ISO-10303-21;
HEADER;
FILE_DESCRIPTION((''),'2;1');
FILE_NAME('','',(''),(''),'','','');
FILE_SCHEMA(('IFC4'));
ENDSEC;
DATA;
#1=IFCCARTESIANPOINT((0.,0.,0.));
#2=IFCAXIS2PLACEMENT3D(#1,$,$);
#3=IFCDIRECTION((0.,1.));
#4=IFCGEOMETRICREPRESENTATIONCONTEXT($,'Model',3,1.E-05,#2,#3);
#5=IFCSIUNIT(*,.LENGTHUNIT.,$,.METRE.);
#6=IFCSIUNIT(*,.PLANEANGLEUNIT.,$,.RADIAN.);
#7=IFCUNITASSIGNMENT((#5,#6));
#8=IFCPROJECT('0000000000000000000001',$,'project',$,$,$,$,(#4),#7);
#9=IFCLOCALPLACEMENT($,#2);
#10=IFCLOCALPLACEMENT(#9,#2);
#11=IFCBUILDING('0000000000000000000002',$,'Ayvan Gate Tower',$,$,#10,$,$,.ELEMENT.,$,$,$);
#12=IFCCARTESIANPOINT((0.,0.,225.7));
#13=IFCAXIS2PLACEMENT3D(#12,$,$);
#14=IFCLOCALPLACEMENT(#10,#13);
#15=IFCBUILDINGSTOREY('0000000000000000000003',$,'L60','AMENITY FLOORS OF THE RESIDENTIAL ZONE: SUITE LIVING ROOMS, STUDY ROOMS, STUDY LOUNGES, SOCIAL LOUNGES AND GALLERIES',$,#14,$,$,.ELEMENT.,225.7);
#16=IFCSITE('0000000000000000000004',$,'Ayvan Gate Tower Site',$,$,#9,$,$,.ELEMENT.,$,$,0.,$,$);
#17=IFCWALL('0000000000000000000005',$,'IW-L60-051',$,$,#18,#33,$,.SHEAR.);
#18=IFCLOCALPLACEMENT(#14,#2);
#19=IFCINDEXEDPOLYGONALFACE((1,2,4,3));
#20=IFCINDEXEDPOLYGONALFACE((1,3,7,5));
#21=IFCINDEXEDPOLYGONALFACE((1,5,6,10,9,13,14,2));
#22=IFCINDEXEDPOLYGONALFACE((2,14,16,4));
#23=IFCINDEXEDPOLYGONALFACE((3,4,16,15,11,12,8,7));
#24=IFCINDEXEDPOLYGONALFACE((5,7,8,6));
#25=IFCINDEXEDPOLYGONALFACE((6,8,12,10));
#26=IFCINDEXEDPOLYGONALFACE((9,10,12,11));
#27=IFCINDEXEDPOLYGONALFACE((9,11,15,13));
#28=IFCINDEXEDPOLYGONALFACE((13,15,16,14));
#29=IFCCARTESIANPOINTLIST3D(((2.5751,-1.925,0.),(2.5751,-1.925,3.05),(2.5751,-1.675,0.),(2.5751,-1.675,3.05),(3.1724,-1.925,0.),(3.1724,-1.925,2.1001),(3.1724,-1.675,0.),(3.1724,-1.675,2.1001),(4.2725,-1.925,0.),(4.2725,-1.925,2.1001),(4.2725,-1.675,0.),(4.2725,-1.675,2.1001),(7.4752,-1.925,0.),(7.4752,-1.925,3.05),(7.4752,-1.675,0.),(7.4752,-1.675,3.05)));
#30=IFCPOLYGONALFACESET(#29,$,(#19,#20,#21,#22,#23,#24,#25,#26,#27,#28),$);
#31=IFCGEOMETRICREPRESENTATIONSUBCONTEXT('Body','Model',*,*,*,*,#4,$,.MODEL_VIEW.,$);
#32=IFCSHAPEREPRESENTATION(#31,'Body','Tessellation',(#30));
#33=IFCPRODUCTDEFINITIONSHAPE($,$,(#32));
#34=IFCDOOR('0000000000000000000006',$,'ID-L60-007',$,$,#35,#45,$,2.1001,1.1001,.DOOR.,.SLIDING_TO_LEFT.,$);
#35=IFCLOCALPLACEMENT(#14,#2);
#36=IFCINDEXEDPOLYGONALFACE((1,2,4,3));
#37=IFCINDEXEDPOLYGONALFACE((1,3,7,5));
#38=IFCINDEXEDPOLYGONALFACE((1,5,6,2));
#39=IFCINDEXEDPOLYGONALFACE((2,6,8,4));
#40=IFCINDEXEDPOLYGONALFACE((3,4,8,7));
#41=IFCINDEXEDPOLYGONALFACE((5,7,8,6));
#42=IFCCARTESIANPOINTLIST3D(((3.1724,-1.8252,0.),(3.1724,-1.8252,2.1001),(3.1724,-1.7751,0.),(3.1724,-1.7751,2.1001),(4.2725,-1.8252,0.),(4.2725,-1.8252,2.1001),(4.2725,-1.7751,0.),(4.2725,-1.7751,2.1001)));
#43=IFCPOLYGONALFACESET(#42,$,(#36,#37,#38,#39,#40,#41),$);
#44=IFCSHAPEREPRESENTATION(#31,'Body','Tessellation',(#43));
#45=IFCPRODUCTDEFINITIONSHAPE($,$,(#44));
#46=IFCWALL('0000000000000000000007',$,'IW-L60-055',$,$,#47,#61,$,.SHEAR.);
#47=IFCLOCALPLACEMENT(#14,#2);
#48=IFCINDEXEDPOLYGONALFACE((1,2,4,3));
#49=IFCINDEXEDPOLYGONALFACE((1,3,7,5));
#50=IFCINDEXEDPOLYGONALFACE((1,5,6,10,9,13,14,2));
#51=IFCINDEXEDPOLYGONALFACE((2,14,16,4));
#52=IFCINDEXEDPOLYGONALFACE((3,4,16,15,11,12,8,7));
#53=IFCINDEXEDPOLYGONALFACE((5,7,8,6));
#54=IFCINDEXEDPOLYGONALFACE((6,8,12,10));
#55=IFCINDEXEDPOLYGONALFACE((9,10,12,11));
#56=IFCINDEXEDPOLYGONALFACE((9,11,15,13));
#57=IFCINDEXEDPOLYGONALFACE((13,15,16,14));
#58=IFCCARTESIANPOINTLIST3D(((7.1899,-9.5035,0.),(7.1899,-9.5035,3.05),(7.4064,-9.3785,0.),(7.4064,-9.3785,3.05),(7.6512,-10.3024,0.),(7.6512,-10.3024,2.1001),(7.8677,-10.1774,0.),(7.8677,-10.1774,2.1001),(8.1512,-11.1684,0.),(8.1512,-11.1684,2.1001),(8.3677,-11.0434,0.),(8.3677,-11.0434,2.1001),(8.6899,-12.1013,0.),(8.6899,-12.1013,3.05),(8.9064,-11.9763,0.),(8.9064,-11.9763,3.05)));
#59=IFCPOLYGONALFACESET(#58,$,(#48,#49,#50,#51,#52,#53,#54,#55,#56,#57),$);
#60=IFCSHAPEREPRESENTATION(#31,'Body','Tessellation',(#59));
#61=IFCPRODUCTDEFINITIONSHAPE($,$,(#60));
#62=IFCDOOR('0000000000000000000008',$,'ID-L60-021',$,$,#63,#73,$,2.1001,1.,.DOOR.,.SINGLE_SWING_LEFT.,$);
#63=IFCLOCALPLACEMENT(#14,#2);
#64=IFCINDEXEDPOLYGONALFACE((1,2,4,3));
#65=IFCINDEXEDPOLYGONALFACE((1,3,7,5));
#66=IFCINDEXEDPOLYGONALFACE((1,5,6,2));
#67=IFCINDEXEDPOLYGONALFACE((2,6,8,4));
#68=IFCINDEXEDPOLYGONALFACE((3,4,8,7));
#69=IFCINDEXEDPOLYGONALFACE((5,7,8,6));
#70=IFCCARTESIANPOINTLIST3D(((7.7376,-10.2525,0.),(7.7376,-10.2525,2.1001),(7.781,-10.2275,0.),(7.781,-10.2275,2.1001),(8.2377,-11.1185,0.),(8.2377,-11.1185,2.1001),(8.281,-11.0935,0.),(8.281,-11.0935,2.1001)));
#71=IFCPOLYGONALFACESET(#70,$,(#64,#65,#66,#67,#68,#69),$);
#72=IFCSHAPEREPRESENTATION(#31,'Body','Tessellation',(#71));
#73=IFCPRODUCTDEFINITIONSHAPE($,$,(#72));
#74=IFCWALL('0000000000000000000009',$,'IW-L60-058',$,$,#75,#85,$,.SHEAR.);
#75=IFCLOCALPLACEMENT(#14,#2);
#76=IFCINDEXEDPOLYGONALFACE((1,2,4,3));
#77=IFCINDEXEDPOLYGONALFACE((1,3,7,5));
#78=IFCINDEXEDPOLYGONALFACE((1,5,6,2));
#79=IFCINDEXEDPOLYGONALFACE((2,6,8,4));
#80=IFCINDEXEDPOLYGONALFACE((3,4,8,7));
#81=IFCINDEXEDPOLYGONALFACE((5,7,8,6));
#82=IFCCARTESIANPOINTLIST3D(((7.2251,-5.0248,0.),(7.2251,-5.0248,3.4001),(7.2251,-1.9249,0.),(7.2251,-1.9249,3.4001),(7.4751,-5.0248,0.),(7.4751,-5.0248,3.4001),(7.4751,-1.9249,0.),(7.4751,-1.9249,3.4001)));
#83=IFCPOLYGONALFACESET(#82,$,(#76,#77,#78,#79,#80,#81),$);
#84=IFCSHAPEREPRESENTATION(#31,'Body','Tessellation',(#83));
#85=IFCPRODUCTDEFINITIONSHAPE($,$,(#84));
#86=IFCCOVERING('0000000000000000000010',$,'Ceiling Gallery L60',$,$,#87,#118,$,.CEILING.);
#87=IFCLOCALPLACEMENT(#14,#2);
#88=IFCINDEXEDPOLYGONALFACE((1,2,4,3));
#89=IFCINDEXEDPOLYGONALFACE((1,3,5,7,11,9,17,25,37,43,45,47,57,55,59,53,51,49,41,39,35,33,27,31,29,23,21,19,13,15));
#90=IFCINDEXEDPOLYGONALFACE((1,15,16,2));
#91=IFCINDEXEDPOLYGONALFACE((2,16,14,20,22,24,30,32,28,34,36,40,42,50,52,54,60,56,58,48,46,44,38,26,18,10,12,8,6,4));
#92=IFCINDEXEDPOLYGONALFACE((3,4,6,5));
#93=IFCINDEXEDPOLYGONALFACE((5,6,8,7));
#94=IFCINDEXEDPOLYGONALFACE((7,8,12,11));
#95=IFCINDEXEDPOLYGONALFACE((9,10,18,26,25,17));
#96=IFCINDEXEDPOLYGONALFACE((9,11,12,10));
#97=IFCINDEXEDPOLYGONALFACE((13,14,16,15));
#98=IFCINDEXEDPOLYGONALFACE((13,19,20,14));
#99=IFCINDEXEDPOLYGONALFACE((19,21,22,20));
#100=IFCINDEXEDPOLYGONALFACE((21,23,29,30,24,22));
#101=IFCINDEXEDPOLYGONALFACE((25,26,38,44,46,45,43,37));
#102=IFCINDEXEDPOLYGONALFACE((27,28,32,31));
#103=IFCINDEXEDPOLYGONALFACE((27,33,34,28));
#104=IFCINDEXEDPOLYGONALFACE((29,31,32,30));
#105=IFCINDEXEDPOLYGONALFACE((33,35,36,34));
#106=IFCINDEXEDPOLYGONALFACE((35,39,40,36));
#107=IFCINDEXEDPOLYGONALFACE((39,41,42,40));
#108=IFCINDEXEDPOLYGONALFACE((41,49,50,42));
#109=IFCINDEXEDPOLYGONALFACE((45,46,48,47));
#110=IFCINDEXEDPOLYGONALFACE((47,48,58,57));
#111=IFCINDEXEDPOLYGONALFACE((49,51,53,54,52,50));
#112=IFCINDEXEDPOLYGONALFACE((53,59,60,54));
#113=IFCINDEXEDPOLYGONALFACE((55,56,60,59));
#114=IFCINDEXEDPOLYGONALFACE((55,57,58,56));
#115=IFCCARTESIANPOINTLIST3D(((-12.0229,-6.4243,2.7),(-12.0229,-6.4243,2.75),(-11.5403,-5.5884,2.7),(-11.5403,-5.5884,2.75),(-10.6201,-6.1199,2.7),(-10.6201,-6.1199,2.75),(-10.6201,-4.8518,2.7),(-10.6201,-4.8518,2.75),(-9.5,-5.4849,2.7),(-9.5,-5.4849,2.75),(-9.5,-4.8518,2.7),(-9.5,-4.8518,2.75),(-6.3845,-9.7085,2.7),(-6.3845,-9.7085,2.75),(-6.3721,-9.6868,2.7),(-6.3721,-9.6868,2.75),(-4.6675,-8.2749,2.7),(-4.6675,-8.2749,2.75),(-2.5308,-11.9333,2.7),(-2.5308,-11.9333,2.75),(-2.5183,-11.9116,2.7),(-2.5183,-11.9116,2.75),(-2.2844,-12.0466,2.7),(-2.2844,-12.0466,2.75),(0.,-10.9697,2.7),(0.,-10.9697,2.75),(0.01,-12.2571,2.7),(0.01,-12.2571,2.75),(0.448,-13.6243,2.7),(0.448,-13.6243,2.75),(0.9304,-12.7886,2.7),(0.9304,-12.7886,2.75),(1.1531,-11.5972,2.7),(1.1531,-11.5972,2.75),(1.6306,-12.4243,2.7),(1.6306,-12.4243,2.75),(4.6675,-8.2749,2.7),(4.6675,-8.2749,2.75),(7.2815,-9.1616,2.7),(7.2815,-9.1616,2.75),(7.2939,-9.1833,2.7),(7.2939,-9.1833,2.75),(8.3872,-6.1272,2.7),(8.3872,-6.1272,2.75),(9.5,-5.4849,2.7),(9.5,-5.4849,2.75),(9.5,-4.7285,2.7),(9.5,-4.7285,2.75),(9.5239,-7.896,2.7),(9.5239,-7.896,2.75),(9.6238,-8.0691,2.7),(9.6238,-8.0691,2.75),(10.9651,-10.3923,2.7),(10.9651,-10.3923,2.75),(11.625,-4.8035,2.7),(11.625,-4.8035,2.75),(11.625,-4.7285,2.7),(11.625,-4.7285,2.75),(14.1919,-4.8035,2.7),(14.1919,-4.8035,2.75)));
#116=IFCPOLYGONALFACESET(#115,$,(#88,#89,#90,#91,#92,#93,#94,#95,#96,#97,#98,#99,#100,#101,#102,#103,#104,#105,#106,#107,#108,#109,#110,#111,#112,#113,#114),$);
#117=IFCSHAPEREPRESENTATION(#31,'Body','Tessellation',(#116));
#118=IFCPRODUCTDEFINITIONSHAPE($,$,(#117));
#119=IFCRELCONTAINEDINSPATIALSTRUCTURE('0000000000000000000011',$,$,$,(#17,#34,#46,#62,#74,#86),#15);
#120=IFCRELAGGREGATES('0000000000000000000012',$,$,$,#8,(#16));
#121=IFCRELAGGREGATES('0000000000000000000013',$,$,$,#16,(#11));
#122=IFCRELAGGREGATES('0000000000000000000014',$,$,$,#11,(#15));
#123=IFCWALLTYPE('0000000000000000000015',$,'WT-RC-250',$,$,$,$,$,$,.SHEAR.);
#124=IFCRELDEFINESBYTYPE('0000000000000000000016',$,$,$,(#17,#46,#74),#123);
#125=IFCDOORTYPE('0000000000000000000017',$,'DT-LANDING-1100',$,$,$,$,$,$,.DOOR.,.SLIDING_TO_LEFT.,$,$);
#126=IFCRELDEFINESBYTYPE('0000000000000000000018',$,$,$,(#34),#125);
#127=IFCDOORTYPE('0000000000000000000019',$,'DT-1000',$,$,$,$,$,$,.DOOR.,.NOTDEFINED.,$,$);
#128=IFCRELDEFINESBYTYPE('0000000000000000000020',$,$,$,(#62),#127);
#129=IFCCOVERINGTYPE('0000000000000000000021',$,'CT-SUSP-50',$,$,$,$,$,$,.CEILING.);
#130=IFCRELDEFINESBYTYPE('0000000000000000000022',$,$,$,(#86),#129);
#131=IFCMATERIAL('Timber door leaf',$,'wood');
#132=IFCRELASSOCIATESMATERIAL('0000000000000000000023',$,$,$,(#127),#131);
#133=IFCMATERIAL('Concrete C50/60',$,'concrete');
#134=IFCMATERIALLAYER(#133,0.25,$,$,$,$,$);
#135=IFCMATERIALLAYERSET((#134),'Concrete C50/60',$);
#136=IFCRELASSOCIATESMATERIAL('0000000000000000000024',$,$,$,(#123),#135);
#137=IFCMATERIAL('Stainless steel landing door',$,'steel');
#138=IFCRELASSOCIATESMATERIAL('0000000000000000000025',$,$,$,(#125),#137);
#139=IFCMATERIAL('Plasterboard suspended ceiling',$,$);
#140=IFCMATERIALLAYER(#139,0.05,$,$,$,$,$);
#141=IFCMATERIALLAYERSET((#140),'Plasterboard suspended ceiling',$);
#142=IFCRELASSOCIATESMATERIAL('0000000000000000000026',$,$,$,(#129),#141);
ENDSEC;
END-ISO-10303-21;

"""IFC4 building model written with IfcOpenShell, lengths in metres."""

from ifc_helpers import new_model, si_unit, direction, frame, frame_2d, origin, place, context, subcontext, project, spatial, polyline, rectangle, outline, extrude, material, layer, layer_set, type_object, element, fill, save


model = new_model("IFC4")

# Units and contexts
model_context = context("Model", 3, precision=1e-05, world=origin(), true_north=direction((0.0, 1.0)))
body_context = subcontext(model_context, "Body", "Model", "MODEL_VIEW")
ifc_project = project(units=[si_unit("LENGTHUNIT", "METRE"), si_unit("PLANEANGLEUNIT", "RADIAN")], contexts=[model_context])

# Site, building, storey
site_placement = place(None, origin())
site = spatial("IfcSite", under=ifc_project, at=site_placement, Name="Ayvan Gate Tower Site", CompositionType="ELEMENT", RefElevation=0.0)
building_placement = place(site_placement, origin())
building = spatial("IfcBuilding", under=site, at=building_placement, Name="Ayvan Gate Tower", CompositionType="ELEMENT")
storey_placement = place(building_placement, frame((0.0, 0.0, 225.7)))
storey = spatial("IfcBuildingStorey", under=building, at=storey_placement, Name="L60", Description="AMENITY FLOORS OF THE RESIDENTIAL ZONE: SUITE LIVING ROOMS, STUDY ROOMS, STUDY LOUNGES, SOCIAL LOUNGES AND GALLERIES", CompositionType="ELEMENT", Elevation=225.7)

# Shared definitions
ifc_material_1 = material(Name="Concrete C50/60", Category="concrete")

# Shared definitions
ifc_material_2 = material(Name="Timber door leaf", Category="wood")

# Shared definitions
door_type_1 = type_object("IfcDoorType", Name="DT-1000", OperationType="NOTDEFINED", PredefinedType="DOOR", material=ifc_material_2)

# Shared definitions
ifc_layer_1 = layer(ifc_material_1, 0.25)
ifc_layer_set_1 = layer_set([ifc_layer_1], Name="Concrete C50/60")
wall_type_1 = type_object("IfcWallType", Name="WT-RC-250", PredefinedType="SHEAR", material=ifc_layer_set_1)

# Walls, openings, doors
wall_1_placement = place(storey_placement, frame((2.575, -1.8, 0.0), z_axis=(0.0, 0.0, 1.0), x_axis=(1.0, 0.0, 0.0)))
wall_1 = element("IfcWall", 1, at=wall_1_placement, inside=storey, type_object=wall_type_1, Name="IW-L60-051", PredefinedType="SHEAR", context=body_context, shape_type="SweptSolid", body=[
    extrude(rectangle(XDim=4.9001, YDim=0.25, at=frame_2d((2.4502, 0.0))), origin(), (0.0, 0.0, 1.0), 3.05),
])
opening_1_placement = place(wall_1_placement, frame((0.5974, 0.0, 0.0)))
opening_1 = element("IfcOpeningElement", 2, at=opening_1_placement, cuts=wall_1, PredefinedType="OPENING", context=body_context, shape_type="SweptSolid", body=[
    extrude(rectangle(XDim=1.1001, YDim=2.1001, at=frame_2d((0.55, 1.05))), frame((0.0, 0.135, 0.0), z_axis=(0.0, -1.0, 0.0), x_axis=(1.0, 0.0, 0.0)), (0.0, 0.0, 1.0), 0.27),
])
ifc_material_3 = material(Name="Stainless steel landing door", Category="steel")
door_type_2 = type_object("IfcDoorType", Name="DT-LANDING-1100", OperationType="SLIDING_TO_LEFT", PredefinedType="DOOR", material=ifc_material_3)
door_1_placement = place(opening_1_placement, origin())
door_1 = element("IfcDoor", 3, at=door_1_placement, inside=storey, type_object=door_type_2, Name="ID-L60-007", OperationType="SLIDING_TO_LEFT", OverallHeight=2.1001, OverallWidth=1.1001, PredefinedType="DOOR", context=body_context, shape_type="SweptSolid", body=[
    extrude(rectangle(XDim=1.1001, YDim=2.1001, at=frame_2d((0.55, 1.05))), frame((0.0, 0.0249, 0.0), z_axis=(0.0, -1.0, 0.0), x_axis=(1.0, 0.0, 0.0)), (0.0, 0.0, 1.0), 0.05),
])
fill(opening_1, door_1)
wall_2_placement = place(storey_placement, frame((7.2981, -9.4409, 0.0), z_axis=(0.0, 0.0, 1.0), x_axis=(0.500025, -0.866011, 0.0)))
wall_2 = element("IfcWall", 4, at=wall_2_placement, inside=storey, type_object=wall_type_1, Name="IW-L60-055", PredefinedType="SHEAR", context=body_context, shape_type="SweptSolid", body=[
    extrude(rectangle(XDim=2.9998, YDim=0.25, at=frame_2d((1.5, 0.0))), origin(), (0.0, 0.0, 1.0), 3.05),
])
opening_2_placement = place(wall_2_placement, frame((0.9226, 0.0, 0.0)))
opening_2 = element("IfcOpeningElement", 5, at=opening_2_placement, cuts=wall_2, PredefinedType="OPENING", context=body_context, shape_type="SweptSolid", body=[
    extrude(rectangle(XDim=1.0, YDim=2.1001, at=frame_2d((0.5, 1.05))), frame((0.0, 0.135, 0.0), z_axis=(0.0, -1.0, 0.0), x_axis=(1.0, 0.0, 0.0)), (0.0, 0.0, 1.0), 0.27),
])
door_2_placement = place(opening_2_placement, origin())
door_2 = element("IfcDoor", 6, at=door_2_placement, inside=storey, type_object=door_type_1, Name="ID-L60-021", OperationType="SINGLE_SWING_LEFT", OverallHeight=2.1001, OverallWidth=1.0, PredefinedType="DOOR", context=body_context, shape_type="SweptSolid", body=[
    extrude(rectangle(XDim=1.0, YDim=2.1001, at=frame_2d((0.5, 1.05))), frame((0.0, 0.0249, 0.0), z_axis=(0.0, -1.0, 0.0), x_axis=(1.0, 0.0, 0.0)), (0.0, 0.0, 1.0), 0.05),
])
fill(opening_2, door_2)

# Wall
wall_3_placement = place(storey_placement, frame((7.3501, -1.925, 0.0), z_axis=(0.0, 0.0, 1.0), x_axis=(0.0, -1.0, 0.0)))
element("IfcWall", 7, at=wall_3_placement, inside=storey, type_object=wall_type_1, Name="IW-L60-058", PredefinedType="SHEAR", context=body_context, shape_type="SweptSolid", body=[
    extrude(rectangle(XDim=3.0999, YDim=0.25, at=frame_2d((1.5498, 0.0))), origin(), (0.0, 0.0, 1.0), 3.4001),
])

# Covering
ifc_material_4 = material(Name="Plasterboard suspended ceiling")
ifc_layer_2 = layer(ifc_material_4, 0.05)
ifc_layer_set_2 = layer_set([ifc_layer_2], Name="Plasterboard suspended ceiling")
covering_type = type_object("IfcCoveringType", Name="CT-SUSP-50", PredefinedType="CEILING", material=ifc_layer_set_2)
covering_placement = place(storey_placement, frame((0.0, 0.0, 2.7)))
element("IfcCovering", 8, at=covering_placement, inside=storey, type_object=covering_type, Name="Ceiling Gallery L60", PredefinedType="CEILING", context=body_context, shape_type="SweptSolid", body=[
    extrude(outline(polyline([(-4.6675, -8.2749), (0.0, -10.9697), (4.6675, -8.2749), (8.3872, -6.1272), (9.5, -5.4849), (9.5, -4.7285), (11.625, -4.7285), (11.625, -4.8035), (14.1919, -4.8035), (10.9651, -10.3923), (9.6238, -8.0691), (9.5239, -7.896), (7.2939, -9.1833), (7.2815, -9.1616), (1.6306, -12.4243), (1.1531, -11.5972), (0.01, -12.2571), (0.9304, -12.7886), (0.448, -13.6243), (-2.2844, -12.0466), (-2.5183, -11.9116), (-2.5308, -11.9333), (-6.3845, -9.7085), (-6.3721, -9.6868), (-12.0229, -6.4243), (-11.5403, -5.5884), (-10.6201, -6.1199), (-10.6201, -4.8518), (-9.5, -4.8518), (-9.5, -5.4849), (-4.6675, -8.2749)])), origin(), (0.0, 0.0, 1.0), 0.05),
])

save(model, "model.ifc")
